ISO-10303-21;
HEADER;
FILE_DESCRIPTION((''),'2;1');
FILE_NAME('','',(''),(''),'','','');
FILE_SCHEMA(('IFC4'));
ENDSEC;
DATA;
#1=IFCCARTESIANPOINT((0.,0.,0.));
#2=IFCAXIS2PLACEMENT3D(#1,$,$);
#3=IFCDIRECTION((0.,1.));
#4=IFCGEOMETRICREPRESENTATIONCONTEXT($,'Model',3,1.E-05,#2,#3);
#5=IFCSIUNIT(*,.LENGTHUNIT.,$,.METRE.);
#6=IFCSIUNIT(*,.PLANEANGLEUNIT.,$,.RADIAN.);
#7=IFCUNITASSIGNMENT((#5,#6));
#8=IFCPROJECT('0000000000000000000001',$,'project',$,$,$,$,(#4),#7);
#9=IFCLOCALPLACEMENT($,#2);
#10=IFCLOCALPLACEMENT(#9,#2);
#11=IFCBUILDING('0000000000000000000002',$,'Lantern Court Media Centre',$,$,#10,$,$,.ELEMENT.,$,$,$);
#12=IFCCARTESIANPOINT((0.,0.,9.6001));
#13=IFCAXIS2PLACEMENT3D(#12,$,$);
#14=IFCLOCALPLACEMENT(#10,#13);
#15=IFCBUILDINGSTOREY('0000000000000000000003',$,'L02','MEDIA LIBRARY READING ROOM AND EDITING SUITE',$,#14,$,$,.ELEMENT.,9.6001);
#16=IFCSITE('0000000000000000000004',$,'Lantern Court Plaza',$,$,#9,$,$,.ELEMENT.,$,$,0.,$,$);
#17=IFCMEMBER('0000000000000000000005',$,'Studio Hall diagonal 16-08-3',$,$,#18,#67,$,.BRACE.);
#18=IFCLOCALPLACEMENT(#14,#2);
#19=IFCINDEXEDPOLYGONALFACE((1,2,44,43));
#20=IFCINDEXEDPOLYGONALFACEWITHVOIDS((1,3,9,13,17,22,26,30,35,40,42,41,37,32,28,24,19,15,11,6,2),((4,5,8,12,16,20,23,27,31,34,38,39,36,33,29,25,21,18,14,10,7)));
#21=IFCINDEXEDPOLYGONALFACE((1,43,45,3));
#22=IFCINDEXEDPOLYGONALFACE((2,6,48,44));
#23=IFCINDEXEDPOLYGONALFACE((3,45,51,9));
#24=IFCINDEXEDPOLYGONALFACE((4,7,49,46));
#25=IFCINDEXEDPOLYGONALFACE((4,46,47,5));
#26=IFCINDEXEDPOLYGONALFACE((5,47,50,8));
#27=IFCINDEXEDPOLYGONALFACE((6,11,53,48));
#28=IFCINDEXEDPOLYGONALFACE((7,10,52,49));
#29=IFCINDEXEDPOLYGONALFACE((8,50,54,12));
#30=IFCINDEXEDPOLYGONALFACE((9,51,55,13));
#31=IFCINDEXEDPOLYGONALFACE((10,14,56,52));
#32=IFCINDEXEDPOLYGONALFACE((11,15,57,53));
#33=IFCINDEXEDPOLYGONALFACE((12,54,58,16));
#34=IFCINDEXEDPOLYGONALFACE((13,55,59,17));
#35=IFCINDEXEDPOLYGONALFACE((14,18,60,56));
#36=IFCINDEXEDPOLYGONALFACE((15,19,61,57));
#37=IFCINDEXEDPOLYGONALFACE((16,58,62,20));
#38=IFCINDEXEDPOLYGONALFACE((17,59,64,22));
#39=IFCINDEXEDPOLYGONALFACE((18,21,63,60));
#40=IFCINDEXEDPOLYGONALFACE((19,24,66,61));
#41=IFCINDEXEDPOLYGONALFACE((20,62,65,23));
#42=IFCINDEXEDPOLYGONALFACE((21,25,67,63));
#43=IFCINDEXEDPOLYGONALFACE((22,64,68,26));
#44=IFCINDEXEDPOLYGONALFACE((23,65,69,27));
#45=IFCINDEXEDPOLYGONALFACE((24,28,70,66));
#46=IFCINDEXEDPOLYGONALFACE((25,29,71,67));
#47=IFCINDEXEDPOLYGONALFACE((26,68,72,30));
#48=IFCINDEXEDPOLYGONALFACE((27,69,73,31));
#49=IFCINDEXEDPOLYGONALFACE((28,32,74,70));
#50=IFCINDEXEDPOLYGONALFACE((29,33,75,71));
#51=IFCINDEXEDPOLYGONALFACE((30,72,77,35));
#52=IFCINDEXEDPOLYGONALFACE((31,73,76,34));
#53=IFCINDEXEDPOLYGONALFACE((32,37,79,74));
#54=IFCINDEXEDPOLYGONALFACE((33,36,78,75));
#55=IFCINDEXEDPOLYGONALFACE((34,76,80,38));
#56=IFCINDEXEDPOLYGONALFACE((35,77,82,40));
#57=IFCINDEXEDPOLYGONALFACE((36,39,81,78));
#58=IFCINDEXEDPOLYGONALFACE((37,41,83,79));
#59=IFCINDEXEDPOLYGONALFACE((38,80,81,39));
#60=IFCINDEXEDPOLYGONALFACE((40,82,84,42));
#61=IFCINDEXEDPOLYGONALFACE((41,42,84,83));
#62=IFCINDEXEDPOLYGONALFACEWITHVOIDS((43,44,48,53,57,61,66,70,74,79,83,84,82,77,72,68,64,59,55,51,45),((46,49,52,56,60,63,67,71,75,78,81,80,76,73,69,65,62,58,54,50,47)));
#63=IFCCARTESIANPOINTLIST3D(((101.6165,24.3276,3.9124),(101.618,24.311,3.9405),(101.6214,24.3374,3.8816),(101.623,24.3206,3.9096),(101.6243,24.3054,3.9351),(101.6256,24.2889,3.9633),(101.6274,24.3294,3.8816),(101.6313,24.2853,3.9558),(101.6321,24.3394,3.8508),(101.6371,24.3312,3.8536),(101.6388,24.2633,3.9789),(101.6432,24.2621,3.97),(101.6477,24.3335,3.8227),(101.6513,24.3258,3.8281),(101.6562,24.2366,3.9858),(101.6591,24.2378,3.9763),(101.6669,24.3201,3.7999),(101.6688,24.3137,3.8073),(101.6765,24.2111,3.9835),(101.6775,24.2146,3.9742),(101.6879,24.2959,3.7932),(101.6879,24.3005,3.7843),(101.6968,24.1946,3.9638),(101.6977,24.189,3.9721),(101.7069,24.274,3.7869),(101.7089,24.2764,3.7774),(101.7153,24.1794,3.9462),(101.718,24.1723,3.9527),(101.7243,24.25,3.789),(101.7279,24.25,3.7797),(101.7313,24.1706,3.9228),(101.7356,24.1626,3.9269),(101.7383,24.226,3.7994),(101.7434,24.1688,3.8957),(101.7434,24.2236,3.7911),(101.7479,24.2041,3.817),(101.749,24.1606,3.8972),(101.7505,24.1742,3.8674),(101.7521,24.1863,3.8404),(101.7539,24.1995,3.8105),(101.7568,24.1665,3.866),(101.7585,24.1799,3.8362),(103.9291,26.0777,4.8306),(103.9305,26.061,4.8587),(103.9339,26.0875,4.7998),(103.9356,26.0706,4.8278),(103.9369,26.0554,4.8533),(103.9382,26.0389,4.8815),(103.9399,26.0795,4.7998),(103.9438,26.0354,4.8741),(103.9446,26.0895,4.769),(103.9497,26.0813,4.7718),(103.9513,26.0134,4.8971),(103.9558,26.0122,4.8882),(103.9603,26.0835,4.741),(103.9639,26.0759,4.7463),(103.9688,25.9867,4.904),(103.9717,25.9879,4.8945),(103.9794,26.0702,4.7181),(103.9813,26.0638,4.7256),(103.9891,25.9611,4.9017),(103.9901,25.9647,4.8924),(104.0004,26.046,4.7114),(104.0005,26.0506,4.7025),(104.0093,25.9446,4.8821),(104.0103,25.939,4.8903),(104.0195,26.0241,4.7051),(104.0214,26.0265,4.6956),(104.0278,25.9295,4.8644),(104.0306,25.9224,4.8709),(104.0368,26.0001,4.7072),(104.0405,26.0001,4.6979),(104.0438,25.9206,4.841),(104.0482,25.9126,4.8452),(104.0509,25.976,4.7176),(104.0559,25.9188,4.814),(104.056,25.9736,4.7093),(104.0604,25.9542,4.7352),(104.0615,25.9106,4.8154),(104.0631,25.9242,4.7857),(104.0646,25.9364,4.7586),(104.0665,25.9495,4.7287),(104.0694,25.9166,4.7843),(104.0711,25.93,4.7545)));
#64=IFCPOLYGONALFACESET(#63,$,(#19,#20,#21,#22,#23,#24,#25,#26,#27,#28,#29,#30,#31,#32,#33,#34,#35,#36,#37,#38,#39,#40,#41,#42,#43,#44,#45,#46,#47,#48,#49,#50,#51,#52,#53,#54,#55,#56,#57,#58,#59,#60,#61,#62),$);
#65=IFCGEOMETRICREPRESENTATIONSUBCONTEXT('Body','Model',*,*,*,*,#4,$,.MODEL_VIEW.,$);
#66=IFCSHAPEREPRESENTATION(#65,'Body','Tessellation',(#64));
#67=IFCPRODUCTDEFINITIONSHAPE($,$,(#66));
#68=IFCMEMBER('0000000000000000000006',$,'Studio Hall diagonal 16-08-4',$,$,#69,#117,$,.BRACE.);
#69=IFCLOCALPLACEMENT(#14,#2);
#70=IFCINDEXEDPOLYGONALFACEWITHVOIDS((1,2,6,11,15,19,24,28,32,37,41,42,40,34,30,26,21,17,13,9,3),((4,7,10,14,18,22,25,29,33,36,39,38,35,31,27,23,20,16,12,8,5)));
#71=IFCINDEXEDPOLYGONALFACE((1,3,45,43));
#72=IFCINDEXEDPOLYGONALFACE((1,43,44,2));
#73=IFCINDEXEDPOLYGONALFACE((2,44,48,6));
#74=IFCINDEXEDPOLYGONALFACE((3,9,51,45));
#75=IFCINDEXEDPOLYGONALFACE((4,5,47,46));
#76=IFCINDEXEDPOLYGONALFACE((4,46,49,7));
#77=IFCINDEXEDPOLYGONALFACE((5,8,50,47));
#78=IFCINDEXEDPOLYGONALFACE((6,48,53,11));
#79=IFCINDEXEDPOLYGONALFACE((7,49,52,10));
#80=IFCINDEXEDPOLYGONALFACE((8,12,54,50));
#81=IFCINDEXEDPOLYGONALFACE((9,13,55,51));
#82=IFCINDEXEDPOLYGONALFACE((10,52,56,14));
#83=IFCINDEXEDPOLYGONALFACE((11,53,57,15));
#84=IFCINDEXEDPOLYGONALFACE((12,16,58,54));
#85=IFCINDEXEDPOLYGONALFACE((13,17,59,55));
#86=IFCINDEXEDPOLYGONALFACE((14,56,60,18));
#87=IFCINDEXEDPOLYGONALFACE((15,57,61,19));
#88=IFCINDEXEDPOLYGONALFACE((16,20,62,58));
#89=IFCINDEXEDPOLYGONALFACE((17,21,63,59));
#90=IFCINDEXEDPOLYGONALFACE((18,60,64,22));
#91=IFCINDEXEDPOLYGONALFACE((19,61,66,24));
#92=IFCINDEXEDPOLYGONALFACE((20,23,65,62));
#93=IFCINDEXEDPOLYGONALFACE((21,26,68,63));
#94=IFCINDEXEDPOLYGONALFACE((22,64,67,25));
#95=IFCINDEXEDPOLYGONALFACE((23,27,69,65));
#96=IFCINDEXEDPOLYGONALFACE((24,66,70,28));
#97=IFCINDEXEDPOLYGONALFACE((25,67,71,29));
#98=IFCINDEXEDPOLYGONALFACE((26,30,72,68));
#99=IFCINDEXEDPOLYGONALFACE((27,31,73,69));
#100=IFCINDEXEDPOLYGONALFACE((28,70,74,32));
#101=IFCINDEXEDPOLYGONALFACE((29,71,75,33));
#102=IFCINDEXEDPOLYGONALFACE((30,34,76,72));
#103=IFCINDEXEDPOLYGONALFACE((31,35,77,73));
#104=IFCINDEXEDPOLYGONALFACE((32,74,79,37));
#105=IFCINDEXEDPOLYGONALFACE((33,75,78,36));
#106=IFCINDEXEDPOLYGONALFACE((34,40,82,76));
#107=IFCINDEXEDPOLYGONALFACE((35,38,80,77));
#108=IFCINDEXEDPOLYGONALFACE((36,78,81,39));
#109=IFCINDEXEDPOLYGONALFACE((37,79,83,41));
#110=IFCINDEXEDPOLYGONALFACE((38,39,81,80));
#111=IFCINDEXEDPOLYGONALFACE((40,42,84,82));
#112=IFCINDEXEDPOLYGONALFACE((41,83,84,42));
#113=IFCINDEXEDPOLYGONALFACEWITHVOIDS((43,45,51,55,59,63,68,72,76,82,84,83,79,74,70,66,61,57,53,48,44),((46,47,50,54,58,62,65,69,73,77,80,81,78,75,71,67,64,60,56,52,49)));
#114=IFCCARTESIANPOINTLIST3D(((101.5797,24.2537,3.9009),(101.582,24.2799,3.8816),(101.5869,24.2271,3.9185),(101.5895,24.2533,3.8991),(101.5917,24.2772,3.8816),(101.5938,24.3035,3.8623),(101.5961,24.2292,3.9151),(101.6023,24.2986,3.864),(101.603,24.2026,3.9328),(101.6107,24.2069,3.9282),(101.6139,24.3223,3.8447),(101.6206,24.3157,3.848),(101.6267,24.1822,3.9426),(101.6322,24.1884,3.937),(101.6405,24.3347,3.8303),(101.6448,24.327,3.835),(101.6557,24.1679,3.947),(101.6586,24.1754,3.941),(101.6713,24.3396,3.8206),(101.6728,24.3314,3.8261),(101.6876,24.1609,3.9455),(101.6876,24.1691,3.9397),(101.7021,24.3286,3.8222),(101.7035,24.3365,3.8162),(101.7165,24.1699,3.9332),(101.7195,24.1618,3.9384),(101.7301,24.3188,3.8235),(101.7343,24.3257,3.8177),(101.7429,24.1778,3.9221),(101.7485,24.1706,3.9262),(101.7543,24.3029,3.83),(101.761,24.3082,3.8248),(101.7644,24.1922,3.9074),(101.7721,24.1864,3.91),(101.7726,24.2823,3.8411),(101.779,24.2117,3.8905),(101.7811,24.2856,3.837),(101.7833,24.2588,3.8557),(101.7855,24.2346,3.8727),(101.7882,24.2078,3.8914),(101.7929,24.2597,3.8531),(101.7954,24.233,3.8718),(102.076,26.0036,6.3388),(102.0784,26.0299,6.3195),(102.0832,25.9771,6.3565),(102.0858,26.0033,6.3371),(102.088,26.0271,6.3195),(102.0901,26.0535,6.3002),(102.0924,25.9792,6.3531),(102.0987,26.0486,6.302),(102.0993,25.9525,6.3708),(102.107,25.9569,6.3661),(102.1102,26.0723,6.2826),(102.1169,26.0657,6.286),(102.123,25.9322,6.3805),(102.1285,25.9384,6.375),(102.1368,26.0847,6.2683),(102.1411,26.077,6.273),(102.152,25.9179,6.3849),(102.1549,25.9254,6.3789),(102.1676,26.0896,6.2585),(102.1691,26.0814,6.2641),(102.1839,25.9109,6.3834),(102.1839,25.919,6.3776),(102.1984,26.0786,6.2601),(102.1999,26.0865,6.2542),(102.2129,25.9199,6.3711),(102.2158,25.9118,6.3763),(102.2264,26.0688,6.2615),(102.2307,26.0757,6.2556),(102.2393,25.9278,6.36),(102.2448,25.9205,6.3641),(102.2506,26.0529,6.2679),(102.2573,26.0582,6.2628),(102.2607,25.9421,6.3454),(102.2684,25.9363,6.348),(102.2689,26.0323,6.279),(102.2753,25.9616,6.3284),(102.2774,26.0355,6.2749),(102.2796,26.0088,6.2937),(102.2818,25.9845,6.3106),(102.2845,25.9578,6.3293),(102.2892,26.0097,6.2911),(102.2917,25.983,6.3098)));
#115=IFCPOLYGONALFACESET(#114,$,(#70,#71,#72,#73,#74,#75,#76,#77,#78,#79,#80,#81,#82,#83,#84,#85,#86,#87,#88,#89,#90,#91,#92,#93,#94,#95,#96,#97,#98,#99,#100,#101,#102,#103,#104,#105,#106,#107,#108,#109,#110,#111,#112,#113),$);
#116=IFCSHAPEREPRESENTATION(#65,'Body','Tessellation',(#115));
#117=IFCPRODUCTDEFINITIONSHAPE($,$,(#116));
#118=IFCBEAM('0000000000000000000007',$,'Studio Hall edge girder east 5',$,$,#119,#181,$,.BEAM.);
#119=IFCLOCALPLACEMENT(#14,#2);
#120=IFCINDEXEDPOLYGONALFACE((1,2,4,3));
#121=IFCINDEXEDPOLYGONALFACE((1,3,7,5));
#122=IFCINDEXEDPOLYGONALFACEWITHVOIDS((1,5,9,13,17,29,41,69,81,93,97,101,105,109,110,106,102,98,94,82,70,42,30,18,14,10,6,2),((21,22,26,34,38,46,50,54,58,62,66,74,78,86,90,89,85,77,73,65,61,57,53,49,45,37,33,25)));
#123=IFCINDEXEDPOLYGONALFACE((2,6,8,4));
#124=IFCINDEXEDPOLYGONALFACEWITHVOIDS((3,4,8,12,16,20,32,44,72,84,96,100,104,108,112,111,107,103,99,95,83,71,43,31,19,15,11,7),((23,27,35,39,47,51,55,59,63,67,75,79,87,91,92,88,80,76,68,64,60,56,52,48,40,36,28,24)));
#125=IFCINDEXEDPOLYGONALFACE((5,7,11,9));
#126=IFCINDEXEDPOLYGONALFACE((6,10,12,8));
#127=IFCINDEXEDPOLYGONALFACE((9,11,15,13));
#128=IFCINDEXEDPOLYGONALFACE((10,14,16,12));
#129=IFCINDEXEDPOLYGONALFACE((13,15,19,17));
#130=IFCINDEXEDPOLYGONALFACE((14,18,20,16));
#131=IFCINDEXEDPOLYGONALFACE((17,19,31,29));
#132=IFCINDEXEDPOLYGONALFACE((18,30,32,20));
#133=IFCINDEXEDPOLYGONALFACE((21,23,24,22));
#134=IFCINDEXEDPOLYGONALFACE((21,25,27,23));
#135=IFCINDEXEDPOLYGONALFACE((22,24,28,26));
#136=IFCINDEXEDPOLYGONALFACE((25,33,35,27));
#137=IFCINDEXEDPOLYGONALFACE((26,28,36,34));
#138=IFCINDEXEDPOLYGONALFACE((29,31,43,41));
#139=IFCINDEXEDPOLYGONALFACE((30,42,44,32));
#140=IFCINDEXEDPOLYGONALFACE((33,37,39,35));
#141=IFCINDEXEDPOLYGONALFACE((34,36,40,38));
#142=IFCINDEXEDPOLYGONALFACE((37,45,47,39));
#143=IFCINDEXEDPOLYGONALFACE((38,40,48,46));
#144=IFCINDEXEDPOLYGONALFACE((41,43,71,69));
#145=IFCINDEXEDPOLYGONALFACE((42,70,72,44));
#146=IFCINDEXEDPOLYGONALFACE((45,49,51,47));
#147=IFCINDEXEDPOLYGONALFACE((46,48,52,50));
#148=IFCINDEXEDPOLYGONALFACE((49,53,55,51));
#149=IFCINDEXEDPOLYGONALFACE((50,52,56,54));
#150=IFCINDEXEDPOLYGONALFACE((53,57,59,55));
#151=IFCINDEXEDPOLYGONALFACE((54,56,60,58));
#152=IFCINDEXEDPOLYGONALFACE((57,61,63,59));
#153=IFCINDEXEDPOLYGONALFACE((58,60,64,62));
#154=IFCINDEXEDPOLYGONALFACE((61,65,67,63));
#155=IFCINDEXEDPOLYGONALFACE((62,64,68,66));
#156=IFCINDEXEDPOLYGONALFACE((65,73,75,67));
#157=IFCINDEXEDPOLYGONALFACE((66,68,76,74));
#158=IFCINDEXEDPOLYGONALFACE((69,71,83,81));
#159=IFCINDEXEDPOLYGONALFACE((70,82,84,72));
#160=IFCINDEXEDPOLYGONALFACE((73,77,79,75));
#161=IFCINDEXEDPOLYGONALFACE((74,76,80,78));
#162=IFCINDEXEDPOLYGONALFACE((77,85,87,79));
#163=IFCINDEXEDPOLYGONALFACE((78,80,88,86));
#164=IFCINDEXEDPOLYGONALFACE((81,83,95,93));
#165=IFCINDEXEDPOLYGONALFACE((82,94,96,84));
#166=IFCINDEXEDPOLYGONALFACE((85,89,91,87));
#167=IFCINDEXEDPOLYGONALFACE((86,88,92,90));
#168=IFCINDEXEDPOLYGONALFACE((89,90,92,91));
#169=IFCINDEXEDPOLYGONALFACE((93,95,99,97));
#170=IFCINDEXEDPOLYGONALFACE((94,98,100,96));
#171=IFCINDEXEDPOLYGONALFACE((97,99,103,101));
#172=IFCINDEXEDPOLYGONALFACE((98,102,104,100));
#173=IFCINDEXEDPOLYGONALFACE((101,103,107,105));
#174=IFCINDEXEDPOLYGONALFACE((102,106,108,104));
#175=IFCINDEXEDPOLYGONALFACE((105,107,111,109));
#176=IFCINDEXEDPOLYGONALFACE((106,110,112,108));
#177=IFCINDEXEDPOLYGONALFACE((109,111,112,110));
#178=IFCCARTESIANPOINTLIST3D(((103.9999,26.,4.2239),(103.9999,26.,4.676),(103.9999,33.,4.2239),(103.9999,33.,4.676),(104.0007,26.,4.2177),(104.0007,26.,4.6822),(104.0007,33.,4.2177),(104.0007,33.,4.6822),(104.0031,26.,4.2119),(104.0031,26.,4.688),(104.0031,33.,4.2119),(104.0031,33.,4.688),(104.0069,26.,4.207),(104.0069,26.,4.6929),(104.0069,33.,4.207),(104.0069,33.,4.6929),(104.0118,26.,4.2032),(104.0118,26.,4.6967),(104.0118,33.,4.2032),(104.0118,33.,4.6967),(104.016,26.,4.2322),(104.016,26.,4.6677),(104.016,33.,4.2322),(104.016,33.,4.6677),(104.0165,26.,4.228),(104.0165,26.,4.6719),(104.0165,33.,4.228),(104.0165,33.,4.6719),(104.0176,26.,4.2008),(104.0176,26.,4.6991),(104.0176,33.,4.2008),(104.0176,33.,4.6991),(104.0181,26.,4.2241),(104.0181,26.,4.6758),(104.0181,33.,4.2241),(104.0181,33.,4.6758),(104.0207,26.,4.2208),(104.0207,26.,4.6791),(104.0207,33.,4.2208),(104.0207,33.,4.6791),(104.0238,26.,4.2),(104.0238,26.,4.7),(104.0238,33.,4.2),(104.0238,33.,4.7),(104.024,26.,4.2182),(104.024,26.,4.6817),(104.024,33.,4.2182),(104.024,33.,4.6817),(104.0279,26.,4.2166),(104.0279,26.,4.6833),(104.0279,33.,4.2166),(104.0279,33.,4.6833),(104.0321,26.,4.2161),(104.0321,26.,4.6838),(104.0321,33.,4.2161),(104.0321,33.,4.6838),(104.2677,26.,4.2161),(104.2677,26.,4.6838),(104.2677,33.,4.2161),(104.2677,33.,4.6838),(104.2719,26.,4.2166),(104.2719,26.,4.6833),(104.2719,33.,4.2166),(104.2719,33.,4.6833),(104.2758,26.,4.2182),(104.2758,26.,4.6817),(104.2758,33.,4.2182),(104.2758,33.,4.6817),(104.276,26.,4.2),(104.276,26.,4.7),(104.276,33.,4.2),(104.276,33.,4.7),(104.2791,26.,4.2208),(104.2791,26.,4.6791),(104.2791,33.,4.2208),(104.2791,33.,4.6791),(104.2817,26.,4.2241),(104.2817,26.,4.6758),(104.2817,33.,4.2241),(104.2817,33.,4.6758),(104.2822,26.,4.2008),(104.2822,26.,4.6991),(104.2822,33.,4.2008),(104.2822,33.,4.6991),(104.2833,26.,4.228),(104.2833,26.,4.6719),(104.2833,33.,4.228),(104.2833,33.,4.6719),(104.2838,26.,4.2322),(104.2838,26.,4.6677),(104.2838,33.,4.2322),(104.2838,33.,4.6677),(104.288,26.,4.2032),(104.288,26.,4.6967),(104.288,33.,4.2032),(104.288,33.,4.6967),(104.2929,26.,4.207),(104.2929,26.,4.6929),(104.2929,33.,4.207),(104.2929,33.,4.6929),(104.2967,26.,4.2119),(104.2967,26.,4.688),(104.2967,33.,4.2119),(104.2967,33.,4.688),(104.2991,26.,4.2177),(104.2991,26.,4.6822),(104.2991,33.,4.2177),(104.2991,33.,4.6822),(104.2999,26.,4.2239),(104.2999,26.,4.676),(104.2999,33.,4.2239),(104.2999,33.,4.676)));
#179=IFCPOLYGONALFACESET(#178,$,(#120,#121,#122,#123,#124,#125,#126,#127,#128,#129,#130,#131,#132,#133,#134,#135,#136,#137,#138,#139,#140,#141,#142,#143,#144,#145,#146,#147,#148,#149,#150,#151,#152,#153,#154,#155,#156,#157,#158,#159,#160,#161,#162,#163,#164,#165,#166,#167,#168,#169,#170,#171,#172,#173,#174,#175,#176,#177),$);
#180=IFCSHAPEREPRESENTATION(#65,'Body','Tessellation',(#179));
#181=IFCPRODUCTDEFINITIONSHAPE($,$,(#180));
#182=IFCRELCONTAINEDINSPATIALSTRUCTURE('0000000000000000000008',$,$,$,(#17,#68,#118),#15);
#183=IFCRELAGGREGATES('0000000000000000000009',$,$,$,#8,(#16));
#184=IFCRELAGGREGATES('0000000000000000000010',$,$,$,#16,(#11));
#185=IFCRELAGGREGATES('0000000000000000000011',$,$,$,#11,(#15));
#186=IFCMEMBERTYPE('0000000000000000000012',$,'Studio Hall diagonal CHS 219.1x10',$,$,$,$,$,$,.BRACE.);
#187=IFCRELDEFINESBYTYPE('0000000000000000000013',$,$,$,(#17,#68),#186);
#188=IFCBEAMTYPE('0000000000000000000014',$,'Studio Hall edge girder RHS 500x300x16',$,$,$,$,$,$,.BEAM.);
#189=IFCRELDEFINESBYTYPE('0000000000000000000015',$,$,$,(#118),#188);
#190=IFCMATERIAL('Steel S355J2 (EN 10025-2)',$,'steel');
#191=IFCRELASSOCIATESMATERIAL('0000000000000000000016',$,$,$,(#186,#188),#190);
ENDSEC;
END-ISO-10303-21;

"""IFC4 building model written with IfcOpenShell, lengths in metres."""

from ifc_helpers import new_model, si_unit, direction, frame, origin, origin_2d, place, context, subcontext, project, spatial, hollow_rectangle, hollow_circle, extrude, material, material_profile, profile_set, type_object, element, save


model = new_model("IFC4")

# Units and contexts
model_context = context("Model", 3, precision=1e-05, world=origin(), true_north=direction((0.0, 1.0)))
body_context = subcontext(model_context, "Body", "Model", "MODEL_VIEW")
ifc_project = project(units=[si_unit("LENGTHUNIT", "METRE"), si_unit("PLANEANGLEUNIT", "RADIAN")], contexts=[model_context])

# Site, building, storey
site_placement = place(None, origin())
site = spatial("IfcSite", under=ifc_project, at=site_placement, Name="Lantern Court Plaza", CompositionType="ELEMENT", RefElevation=0.0)
building_placement = place(site_placement, origin())
building = spatial("IfcBuilding", under=site, at=building_placement, Name="Lantern Court Media Centre", CompositionType="ELEMENT")
storey_placement = place(building_placement, frame((0.0, 0.0, 9.6001)))
storey = spatial("IfcBuildingStorey", under=building, at=storey_placement, Name="L02", Description="MEDIA LIBRARY READING ROOM AND EDITING SUITE", CompositionType="ELEMENT", Elevation=9.6001)

# Shared definitions
ifc_material_1 = material(Name="Steel S355J2 (EN 10025-2)", Category="steel")

# Members
ifc_material_profile_1 = material_profile(ifc_material_1, hollow_circle(Radius=0.1096, WallThickness=0.01, at=origin_2d()), Name="Studio Hall diagonal CHS 219.1x10")
ifc_profile_set_1 = profile_set([ifc_material_profile_1], Name="Steel S355J2 (EN 10025-2)")
member_type_1 = type_object("IfcMemberType", Name="Studio Hall diagonal CHS 219.1x10", PredefinedType="BRACE", material=ifc_profile_set_1)
for number, where, z_axis, x_axis, name in (
    (1, (101.6875, 24.25, 3.8816), (0.760211, 0.575295, 0.301853), (-0.603443, 0.797406, 0.0), "Studio Hall diagonal 16-08-3"),
):
    element("IfcMember", number, at=place(storey_placement, frame(where, z_axis=z_axis, x_axis=x_axis)), inside=storey, type_object=member_type_1, Name=name, PredefinedType="BRACE", context=body_context, shape_type="SweptSolid", body=[
        extrude(hollow_circle(Radius=0.1096, WallThickness=0.01, at=origin_2d()), origin(), (0.0, 0.0, 1.0), 3.042),
    ])
member_1_placement = place(storey_placement, frame((101.6875, 24.25, 3.8816), z_axis=(0.163172, 0.575314, 0.801491), x_axis=(-0.962054, 0.272859, 0.0)))
element("IfcMember", 2, at=member_1_placement, inside=storey, type_object=member_type_1, Name="Studio Hall diagonal 16-08-4", PredefinedType="BRACE", context=body_context, shape_type="SweptSolid", body=[
    extrude(hollow_circle(Radius=0.1096, WallThickness=0.01, at=origin_2d()), origin(), (0.0, 0.0, 1.0), 3.0417),
])

# Beam
ifc_material_profile_2 = material_profile(ifc_material_1, hollow_rectangle(XDim=0.3, YDim=0.5, WallThickness=0.0161, InnerFilletRadius=0.0161, OuterFilletRadius=0.0239, at=origin_2d()), Name="Studio Hall edge girder RHS 500x300x16")
ifc_profile_set_2 = profile_set([ifc_material_profile_2], Name="Steel S355J2 (EN 10025-2)")
beam_type_1 = type_object("IfcBeamType", Name="Studio Hall edge girder RHS 500x300x16", PredefinedType="BEAM", material=ifc_profile_set_2)
beam_1_placement = place(storey_placement, frame((104.1499, 26.0, 4.45), z_axis=(0.0, 1.0, 0.0), x_axis=(-1.0, 0.0, 0.0)))
element("IfcBeam", 3, at=beam_1_placement, inside=storey, type_object=beam_type_1, Name="Studio Hall edge girder east 5", PredefinedType="BEAM", context=body_context, shape_type="SweptSolid", body=[
    extrude(hollow_rectangle(XDim=0.3, YDim=0.5, WallThickness=0.0161, InnerFilletRadius=0.0161, OuterFilletRadius=0.0239, at=origin_2d()), origin(), (0.0, 0.0, 1.0), 7.0),
])

save(model, "model.ifc")
